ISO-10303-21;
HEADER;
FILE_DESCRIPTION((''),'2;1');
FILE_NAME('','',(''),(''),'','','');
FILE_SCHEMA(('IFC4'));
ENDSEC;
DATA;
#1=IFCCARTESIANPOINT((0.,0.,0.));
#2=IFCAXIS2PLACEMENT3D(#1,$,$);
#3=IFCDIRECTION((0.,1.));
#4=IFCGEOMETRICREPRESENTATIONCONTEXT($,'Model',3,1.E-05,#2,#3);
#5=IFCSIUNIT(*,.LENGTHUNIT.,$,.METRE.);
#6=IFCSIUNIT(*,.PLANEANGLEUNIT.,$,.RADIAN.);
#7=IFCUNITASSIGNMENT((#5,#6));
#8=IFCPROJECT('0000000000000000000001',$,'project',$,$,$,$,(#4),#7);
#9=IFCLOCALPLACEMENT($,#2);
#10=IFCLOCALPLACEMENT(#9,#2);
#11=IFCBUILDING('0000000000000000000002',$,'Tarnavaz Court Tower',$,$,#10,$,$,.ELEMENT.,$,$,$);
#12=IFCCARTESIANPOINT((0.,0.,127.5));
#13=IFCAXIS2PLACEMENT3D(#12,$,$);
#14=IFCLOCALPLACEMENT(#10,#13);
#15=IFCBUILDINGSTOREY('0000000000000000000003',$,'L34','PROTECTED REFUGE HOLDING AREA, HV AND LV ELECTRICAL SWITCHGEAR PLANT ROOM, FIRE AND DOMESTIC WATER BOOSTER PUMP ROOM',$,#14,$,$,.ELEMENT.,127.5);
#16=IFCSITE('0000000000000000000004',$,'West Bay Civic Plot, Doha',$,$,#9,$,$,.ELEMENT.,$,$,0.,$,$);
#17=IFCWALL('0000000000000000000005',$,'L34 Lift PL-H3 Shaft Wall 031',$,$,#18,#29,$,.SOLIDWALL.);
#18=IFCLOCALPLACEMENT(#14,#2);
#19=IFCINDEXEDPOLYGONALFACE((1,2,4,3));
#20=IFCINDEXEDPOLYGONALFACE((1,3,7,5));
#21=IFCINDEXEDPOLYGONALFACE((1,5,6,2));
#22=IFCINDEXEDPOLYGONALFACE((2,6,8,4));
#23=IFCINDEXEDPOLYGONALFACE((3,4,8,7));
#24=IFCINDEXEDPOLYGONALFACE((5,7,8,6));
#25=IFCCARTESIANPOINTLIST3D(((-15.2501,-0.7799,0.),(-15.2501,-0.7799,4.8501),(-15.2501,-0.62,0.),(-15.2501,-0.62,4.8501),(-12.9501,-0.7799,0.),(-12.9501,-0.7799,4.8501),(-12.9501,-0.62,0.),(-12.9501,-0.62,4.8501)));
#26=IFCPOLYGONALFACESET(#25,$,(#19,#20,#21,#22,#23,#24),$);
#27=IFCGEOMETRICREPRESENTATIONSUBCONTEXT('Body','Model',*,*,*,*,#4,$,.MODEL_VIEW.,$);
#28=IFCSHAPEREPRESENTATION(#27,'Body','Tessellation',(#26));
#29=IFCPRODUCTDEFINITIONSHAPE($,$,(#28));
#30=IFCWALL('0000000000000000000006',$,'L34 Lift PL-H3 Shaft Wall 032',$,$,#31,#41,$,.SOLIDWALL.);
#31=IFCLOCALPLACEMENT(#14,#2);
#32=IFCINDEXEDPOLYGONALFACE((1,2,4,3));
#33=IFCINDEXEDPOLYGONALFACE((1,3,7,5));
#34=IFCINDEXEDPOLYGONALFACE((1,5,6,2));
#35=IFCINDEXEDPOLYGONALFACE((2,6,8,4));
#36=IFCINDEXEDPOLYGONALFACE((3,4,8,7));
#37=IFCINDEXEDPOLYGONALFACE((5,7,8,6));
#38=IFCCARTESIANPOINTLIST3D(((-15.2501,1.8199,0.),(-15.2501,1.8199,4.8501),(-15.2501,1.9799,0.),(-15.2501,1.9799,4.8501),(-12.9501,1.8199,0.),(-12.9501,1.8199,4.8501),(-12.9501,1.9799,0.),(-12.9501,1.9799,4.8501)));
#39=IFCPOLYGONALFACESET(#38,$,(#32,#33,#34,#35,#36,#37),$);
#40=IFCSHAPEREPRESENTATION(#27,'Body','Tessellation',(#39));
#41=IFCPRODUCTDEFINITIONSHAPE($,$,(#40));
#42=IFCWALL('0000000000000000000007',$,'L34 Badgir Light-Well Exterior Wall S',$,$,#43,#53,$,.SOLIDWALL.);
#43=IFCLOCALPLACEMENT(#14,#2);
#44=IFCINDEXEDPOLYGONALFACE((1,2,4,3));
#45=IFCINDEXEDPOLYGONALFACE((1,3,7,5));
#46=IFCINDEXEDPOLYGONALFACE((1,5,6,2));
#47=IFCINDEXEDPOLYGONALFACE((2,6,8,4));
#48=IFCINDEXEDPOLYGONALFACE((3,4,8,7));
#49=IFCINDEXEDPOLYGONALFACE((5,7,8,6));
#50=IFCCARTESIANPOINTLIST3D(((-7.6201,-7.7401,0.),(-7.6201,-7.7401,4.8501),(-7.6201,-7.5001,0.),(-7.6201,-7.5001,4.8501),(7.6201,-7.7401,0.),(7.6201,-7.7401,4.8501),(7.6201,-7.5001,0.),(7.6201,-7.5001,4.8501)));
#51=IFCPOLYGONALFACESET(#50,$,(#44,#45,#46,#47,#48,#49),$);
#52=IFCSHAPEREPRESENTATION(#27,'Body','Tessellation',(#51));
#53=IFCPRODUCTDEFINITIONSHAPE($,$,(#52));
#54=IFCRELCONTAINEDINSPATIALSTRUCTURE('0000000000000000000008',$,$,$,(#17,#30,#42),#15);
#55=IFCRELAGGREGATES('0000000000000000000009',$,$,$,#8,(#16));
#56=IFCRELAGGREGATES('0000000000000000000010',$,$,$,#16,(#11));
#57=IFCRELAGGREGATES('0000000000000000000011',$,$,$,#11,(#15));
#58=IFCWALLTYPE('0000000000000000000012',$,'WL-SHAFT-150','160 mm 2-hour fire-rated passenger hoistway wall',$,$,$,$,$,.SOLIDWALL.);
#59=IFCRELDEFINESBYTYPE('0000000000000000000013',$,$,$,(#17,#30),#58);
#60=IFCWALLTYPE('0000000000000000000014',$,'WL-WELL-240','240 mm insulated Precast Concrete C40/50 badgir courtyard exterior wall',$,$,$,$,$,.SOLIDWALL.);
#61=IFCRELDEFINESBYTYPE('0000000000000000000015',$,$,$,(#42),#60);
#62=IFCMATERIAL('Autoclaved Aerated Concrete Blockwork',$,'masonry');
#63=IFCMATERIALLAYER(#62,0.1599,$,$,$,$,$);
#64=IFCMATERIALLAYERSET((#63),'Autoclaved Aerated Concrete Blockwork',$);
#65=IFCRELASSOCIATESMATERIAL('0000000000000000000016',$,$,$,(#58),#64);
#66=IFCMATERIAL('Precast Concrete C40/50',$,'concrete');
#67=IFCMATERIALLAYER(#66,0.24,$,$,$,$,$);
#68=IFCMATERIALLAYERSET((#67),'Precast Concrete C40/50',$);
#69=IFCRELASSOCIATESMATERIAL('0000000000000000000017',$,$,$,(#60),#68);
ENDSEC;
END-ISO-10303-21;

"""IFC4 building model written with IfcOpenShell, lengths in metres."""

from ifc_helpers import new_model, si_unit, direction, frame, frame_2d, origin, place, context, subcontext, project, spatial, rectangle, extrude, material, layer, layer_set, type_object, element, save


model = new_model("IFC4")

# Units and contexts
model_context = context("Model", 3, precision=1e-05, world=origin(), true_north=direction((0.0, 1.0)))
body_context = subcontext(model_context, "Body", "Model", "MODEL_VIEW")
ifc_project = project(units=[si_unit("LENGTHUNIT", "METRE"), si_unit("PLANEANGLEUNIT", "RADIAN")], contexts=[model_context])

# Site, building, storey
site_placement = place(None, origin())
site = spatial("IfcSite", under=ifc_project, at=site_placement, Name="West Bay Civic Plot, Doha", CompositionType="ELEMENT", RefElevation=0.0)
building_placement = place(site_placement, origin())
building = spatial("IfcBuilding", under=site, at=building_placement, Name="Tarnavaz Court Tower", CompositionType="ELEMENT")
storey_placement = place(building_placement, frame((0.0, 0.0, 127.5)))
storey = spatial("IfcBuildingStorey", under=building, at=storey_placement, Name="L34", Description="PROTECTED REFUGE HOLDING AREA, HV AND LV ELECTRICAL SWITCHGEAR PLANT ROOM, FIRE AND DOMESTIC WATER BOOSTER PUMP ROOM", CompositionType="ELEMENT", Elevation=127.5)

# Walls
ifc_material_1 = material(Name="Autoclaved Aerated Concrete Blockwork", Category="masonry")
ifc_layer_1 = layer(ifc_material_1, 0.1599)
ifc_layer_set_1 = layer_set([ifc_layer_1], Name="Autoclaved Aerated Concrete Blockwork")
wall_type_1 = type_object("IfcWallType", Name="WL-SHAFT-150", Description="160 mm 2-hour fire-rated passenger hoistway wall", PredefinedType="SOLIDWALL", material=ifc_layer_set_1)
for number, where, z_axis, x_axis, name in (
    (1, (-15.25, -0.7, 0.0), (0.0, 0.0, 1.0), (1.0, 0.0, 0.0), "L34 Lift PL-H3 Shaft Wall 031"),
    (2, (-15.25, 1.8999, 0.0), (0.0, 0.0, 1.0), (1.0, 0.0, 0.0), "L34 Lift PL-H3 Shaft Wall 032"),
):
    element("IfcWall", number, at=place(storey_placement, frame(where, z_axis=z_axis, x_axis=x_axis)), inside=storey, type_object=wall_type_1, Name=name, PredefinedType="SOLIDWALL", context=body_context, shape_type="SweptSolid", body=[
        extrude(rectangle(XDim=2.3, YDim=0.1599, at=frame_2d((1.1499, 0.0))), origin(), (0.0, 0.0, 1.0), 4.8501),
    ])
ifc_material_2 = material(Name="Precast Concrete C40/50", Category="concrete")
ifc_layer_2 = layer(ifc_material_2, 0.24)
ifc_layer_set_2 = layer_set([ifc_layer_2], Name="Precast Concrete C40/50")
wall_type_2 = type_object("IfcWallType", Name="WL-WELL-240", Description="240 mm insulated Precast Concrete C40/50 badgir courtyard exterior wall", PredefinedType="SOLIDWALL", material=ifc_layer_set_2)
wall_1_placement = place(storey_placement, frame((-7.6201, -7.6201, 0.0), z_axis=(0.0, 0.0, 1.0), x_axis=(1.0, 0.0, 0.0)))
element("IfcWall", 3, at=wall_1_placement, inside=storey, type_object=wall_type_2, Name="L34 Badgir Light-Well Exterior Wall S", PredefinedType="SOLIDWALL", context=body_context, shape_type="SweptSolid", body=[
    extrude(rectangle(XDim=15.2402, YDim=0.24, at=frame_2d((7.6201, 0.0))), origin(), (0.0, 0.0, 1.0), 4.8501),
])

save(model, "model.ifc")
